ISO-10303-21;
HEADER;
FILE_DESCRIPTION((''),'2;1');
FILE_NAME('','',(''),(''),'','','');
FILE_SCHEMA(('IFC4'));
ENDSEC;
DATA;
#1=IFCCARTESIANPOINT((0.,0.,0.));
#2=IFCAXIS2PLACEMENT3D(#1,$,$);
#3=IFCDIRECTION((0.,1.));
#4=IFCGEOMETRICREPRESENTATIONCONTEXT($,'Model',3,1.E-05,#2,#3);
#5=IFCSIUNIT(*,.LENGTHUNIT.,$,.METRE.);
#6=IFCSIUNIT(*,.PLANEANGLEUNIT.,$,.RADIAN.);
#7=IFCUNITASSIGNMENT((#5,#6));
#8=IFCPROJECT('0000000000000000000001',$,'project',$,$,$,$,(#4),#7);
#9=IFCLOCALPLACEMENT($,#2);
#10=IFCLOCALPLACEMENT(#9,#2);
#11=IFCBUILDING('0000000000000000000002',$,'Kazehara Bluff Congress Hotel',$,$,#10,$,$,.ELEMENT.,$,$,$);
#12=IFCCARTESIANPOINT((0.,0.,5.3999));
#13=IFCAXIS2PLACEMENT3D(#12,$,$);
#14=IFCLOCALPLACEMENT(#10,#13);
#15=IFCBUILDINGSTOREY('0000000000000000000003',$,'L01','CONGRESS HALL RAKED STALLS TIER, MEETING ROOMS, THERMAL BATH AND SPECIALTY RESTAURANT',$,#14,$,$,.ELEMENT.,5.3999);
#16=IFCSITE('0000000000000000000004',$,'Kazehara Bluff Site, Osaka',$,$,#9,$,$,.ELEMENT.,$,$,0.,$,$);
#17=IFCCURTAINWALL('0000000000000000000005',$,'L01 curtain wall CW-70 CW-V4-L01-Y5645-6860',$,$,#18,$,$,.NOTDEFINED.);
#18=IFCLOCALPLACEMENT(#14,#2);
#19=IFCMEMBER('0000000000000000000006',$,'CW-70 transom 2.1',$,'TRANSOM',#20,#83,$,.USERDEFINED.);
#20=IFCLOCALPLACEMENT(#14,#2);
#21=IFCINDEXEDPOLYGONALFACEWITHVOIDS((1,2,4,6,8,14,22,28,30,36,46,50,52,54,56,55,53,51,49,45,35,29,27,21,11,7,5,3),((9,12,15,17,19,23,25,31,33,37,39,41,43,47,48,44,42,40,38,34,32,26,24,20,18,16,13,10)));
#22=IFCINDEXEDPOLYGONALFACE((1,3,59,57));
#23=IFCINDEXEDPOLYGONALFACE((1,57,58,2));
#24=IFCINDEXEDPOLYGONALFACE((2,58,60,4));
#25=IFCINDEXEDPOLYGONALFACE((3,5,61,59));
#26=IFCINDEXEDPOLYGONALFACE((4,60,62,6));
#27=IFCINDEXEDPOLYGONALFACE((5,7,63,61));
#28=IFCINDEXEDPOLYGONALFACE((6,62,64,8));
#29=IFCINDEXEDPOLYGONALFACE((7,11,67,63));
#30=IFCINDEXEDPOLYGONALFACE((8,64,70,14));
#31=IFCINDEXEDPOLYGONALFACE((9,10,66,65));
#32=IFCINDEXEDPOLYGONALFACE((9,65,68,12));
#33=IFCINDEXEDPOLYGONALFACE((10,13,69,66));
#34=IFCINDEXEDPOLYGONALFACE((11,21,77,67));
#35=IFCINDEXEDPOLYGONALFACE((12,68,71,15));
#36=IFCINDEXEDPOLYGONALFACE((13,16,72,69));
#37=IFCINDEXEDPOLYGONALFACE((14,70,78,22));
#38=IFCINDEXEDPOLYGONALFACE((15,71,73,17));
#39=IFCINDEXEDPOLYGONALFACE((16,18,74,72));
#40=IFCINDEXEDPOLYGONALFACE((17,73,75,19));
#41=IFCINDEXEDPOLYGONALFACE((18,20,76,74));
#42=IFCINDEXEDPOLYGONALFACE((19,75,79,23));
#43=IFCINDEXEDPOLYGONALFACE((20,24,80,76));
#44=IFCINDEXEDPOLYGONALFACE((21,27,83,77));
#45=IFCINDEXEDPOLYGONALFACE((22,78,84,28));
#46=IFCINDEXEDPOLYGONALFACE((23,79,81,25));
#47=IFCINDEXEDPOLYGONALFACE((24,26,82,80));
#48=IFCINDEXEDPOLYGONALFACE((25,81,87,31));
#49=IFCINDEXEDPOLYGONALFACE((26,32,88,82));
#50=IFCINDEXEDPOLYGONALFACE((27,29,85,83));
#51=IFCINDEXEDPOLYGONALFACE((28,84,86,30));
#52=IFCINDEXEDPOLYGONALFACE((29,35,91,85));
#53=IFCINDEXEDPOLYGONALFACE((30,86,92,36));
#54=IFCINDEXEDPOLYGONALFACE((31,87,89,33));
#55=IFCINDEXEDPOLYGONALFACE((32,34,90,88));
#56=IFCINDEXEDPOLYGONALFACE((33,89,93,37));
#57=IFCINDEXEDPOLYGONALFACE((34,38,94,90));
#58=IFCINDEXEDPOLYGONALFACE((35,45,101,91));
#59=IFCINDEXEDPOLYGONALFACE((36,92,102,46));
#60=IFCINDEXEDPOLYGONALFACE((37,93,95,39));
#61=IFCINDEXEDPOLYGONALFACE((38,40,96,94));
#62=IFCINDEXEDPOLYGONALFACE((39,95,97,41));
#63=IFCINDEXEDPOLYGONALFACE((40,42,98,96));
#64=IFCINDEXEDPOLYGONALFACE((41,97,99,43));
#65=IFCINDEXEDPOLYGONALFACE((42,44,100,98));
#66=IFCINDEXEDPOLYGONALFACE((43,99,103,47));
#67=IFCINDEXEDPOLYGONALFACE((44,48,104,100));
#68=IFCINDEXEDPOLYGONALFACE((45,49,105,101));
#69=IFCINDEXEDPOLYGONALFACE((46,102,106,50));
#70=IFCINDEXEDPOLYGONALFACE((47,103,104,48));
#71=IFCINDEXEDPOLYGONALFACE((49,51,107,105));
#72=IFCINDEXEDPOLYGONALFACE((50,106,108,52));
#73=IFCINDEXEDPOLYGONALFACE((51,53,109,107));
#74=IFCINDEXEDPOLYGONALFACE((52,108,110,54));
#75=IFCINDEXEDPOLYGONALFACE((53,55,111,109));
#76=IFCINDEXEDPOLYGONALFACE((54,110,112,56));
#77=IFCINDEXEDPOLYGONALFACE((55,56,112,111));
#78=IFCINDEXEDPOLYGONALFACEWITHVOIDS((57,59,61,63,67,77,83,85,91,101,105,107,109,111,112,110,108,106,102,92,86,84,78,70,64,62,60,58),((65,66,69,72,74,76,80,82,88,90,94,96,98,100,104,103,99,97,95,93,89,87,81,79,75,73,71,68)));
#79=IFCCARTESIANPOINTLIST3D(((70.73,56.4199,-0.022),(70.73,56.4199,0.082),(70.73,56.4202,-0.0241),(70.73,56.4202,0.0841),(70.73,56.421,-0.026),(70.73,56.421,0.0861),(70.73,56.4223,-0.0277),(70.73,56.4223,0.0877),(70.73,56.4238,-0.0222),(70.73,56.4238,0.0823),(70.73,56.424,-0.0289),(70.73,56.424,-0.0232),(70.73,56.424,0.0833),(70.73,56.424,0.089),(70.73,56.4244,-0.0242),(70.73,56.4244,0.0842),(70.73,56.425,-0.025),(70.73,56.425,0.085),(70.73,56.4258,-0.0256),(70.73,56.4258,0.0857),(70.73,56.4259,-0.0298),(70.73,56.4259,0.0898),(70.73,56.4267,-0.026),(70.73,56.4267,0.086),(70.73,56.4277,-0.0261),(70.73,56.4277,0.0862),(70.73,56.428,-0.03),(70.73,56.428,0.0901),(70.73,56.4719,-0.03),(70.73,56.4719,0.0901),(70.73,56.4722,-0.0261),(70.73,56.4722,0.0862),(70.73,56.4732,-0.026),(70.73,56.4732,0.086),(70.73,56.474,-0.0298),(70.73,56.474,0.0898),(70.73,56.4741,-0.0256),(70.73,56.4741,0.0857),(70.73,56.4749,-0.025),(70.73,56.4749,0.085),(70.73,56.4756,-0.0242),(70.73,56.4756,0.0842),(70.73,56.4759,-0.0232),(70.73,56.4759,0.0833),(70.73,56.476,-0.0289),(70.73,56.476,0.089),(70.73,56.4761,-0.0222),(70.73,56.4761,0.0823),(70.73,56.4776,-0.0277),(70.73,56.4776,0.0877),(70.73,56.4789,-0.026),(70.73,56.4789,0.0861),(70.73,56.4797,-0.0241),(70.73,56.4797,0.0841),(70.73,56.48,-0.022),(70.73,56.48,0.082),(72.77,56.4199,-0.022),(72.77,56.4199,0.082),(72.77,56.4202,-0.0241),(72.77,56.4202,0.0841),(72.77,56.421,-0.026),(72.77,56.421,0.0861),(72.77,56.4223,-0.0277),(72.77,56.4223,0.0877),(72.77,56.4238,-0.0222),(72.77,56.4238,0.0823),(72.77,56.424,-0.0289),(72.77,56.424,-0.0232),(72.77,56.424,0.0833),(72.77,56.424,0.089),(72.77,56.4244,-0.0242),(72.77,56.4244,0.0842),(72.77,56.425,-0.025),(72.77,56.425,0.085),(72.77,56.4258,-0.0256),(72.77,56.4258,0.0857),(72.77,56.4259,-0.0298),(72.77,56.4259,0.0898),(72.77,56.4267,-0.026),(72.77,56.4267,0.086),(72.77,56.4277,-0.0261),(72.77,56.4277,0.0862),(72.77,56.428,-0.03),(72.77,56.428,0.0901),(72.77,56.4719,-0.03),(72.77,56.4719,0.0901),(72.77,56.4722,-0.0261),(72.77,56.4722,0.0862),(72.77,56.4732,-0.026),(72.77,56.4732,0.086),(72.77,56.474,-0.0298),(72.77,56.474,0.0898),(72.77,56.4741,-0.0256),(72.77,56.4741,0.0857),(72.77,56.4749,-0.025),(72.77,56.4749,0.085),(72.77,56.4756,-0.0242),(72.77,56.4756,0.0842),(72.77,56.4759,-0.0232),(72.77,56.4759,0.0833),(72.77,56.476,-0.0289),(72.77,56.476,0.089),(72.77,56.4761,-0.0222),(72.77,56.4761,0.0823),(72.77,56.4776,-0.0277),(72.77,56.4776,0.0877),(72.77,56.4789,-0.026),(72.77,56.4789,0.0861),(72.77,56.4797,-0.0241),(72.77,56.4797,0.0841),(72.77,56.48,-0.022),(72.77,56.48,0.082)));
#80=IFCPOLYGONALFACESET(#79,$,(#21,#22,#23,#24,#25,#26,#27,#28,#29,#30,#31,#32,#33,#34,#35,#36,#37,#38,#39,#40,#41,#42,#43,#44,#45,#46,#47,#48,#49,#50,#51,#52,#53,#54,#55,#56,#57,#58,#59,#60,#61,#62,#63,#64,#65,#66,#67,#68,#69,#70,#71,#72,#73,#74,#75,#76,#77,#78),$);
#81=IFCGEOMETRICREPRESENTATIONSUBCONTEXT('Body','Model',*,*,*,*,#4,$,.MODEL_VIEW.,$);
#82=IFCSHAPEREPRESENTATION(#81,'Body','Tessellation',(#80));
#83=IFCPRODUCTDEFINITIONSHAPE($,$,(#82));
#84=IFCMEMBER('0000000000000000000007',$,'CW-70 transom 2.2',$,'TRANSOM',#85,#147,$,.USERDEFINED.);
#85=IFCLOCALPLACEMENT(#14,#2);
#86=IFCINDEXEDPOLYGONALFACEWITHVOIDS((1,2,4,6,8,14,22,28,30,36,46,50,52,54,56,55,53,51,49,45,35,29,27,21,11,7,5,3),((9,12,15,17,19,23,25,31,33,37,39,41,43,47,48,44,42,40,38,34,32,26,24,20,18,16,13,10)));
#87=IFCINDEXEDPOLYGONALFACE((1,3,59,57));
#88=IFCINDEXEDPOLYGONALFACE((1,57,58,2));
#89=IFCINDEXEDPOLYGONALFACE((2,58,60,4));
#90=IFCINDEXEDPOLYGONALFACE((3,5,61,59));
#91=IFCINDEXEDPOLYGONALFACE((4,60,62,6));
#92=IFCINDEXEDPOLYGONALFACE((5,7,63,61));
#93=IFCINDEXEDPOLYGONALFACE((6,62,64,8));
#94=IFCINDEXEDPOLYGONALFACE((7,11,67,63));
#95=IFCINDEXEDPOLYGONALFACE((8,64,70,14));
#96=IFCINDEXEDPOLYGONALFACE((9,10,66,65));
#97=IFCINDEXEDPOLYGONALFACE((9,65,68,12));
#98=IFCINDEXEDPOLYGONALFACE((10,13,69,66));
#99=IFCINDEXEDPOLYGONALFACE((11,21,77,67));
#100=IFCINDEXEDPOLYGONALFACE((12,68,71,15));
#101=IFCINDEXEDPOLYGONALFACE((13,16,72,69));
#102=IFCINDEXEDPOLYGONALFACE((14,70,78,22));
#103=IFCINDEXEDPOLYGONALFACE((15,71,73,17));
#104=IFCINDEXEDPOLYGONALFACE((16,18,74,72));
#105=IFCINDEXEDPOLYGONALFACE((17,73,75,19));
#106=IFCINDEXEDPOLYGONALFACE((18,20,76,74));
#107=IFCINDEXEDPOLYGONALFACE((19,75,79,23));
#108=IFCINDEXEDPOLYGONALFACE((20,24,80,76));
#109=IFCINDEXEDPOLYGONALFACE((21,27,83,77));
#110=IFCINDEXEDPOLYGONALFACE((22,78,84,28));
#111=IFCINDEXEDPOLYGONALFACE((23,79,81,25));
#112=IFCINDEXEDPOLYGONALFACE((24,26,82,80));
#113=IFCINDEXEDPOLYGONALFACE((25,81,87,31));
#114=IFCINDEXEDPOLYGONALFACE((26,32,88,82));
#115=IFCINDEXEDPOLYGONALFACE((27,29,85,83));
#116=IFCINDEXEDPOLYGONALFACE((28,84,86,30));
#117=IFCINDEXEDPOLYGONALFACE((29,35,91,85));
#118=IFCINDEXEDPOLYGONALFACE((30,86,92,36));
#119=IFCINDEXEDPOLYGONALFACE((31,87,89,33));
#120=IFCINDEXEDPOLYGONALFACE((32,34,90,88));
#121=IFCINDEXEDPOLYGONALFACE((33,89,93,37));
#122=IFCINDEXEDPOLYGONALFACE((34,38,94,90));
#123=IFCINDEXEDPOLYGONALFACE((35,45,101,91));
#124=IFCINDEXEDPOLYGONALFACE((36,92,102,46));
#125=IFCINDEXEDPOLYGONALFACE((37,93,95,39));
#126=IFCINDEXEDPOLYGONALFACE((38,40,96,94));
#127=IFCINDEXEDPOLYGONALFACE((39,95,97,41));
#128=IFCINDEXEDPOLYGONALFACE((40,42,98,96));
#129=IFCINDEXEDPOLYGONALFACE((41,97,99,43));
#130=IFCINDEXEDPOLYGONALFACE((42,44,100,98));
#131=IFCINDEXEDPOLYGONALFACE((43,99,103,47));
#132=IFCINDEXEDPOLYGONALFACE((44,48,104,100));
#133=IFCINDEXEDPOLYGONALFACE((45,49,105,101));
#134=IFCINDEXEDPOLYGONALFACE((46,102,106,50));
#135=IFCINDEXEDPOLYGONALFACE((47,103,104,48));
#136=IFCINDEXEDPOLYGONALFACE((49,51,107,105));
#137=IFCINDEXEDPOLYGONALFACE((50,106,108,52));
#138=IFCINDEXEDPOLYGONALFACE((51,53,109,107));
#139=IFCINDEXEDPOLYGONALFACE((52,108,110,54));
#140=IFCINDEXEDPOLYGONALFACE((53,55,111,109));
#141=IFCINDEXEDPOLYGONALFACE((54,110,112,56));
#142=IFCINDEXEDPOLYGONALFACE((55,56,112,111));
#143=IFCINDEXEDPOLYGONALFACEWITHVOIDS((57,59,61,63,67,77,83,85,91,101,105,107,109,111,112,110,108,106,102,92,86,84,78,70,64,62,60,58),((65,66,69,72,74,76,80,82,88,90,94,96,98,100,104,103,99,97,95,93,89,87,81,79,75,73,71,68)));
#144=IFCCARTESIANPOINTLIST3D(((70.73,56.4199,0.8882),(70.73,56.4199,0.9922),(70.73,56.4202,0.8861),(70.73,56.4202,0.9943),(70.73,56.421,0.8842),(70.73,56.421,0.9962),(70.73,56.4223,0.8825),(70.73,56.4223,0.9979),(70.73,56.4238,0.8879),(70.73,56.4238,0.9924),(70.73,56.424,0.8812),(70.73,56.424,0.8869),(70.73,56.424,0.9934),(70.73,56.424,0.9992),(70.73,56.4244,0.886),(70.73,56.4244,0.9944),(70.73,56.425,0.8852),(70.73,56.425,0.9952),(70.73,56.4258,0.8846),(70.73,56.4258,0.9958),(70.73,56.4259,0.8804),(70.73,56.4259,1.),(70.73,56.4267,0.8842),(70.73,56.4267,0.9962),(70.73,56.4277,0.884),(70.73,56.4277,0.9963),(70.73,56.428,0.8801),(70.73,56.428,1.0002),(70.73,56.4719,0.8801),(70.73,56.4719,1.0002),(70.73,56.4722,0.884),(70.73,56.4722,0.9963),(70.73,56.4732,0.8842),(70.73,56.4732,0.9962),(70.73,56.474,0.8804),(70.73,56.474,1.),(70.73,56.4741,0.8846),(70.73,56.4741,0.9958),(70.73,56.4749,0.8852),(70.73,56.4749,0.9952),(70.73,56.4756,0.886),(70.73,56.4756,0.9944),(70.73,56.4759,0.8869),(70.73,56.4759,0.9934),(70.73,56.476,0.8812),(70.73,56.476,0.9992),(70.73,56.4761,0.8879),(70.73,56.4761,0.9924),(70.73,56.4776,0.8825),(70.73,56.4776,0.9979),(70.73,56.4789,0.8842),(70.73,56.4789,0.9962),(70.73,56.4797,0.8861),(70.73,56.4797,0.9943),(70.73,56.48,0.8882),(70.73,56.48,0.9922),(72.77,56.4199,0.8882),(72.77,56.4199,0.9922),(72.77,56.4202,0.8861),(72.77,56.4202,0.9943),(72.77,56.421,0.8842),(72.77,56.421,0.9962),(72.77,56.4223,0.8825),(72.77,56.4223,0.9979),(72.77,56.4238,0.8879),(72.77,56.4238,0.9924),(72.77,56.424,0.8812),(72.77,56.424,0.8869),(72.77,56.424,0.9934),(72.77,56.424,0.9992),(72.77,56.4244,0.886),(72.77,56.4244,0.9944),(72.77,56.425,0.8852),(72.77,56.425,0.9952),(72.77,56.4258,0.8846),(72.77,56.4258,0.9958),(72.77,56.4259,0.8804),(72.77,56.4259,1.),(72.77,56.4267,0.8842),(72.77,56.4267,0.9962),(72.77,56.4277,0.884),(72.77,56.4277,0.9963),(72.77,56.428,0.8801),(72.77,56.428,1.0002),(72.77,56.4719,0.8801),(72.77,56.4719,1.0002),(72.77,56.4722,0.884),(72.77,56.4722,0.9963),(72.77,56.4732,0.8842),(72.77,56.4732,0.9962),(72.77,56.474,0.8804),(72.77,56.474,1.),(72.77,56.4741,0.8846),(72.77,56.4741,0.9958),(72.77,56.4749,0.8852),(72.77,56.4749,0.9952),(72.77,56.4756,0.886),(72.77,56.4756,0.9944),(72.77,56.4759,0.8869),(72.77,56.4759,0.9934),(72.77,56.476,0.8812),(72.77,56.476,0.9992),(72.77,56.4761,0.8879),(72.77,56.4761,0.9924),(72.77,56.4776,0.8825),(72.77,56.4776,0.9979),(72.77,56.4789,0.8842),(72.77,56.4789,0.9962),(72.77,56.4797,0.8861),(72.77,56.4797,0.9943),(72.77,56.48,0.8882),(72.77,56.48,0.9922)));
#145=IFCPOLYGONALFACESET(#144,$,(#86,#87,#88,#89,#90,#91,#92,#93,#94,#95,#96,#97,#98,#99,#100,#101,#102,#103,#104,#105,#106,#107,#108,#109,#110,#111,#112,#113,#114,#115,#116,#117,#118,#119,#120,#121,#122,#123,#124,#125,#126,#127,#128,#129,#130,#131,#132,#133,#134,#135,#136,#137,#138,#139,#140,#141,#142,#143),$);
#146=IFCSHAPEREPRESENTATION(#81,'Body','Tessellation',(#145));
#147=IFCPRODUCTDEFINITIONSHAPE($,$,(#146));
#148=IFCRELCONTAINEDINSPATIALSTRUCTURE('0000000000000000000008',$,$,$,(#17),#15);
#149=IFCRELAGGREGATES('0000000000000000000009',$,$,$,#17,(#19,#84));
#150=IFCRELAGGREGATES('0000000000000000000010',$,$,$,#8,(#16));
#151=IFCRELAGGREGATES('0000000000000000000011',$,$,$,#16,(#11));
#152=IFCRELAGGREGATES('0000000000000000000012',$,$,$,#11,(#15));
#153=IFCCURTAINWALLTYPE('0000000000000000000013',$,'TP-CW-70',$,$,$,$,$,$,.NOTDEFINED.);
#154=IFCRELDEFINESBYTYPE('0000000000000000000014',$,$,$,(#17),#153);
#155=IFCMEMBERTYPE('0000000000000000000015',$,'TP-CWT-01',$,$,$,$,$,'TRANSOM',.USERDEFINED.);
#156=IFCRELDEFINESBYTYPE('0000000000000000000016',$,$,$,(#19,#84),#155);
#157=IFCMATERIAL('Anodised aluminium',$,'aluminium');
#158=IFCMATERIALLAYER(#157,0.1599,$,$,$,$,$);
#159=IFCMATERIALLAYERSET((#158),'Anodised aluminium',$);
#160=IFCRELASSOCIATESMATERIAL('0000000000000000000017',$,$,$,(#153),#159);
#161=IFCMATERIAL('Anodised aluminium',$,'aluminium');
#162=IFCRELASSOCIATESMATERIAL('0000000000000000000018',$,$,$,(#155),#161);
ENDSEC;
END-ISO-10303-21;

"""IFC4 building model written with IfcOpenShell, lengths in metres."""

from ifc_helpers import new_model, si_unit, direction, frame, origin, origin_2d, place, context, subcontext, project, spatial, hollow_rectangle, extrude, material, layer, layer_set, material_profile, profile_set, type_object, element, aggregate, save


model = new_model("IFC4")

# Units and contexts
model_context = context("Model", 3, precision=1e-05, world=origin(), true_north=direction((0.0, 1.0)))
body_context = subcontext(model_context, "Body", "Model", "MODEL_VIEW")
ifc_project = project(units=[si_unit("LENGTHUNIT", "METRE"), si_unit("PLANEANGLEUNIT", "RADIAN")], contexts=[model_context])

# Site, building, storey
site_placement = place(None, origin())
site = spatial("IfcSite", under=ifc_project, at=site_placement, Name="Kazehara Bluff Site, Osaka", CompositionType="ELEMENT", RefElevation=0.0)
building_placement = place(site_placement, origin())
building = spatial("IfcBuilding", under=site, at=building_placement, Name="Kazehara Bluff Congress Hotel", CompositionType="ELEMENT")
storey_placement = place(building_placement, frame((0.0, 0.0, 5.3999)))
storey = spatial("IfcBuildingStorey", under=building, at=storey_placement, Name="L01", Description="CONGRESS HALL RAKED STALLS TIER, MEETING ROOMS, THERMAL BATH AND SPECIALTY RESTAURANT", CompositionType="ELEMENT", Elevation=5.3999)

# Curtain wall, members
ifc_material_1 = material(Name="Anodised aluminium", Category="aluminium")
ifc_layer_1 = layer(ifc_material_1, 0.1599)
ifc_layer_set_1 = layer_set([ifc_layer_1], Name="Anodised aluminium")
curtain_wall_type = type_object("IfcCurtainWallType", Name="TP-CW-70", PredefinedType="NOTDEFINED", material=ifc_layer_set_1)
curtain_wall_placement = place(storey_placement, origin())
curtain_wall = element("IfcCurtainWall", 1, at=curtain_wall_placement, inside=storey, type_object=curtain_wall_type, Name="L01 curtain wall CW-70 CW-V4-L01-Y5645-6860", PredefinedType="NOTDEFINED")
ifc_material_2 = material(Name="Anodised aluminium", Category="aluminium")
ifc_material_profile_1 = material_profile(ifc_material_2, hollow_rectangle(XDim=0.0601, YDim=0.1201, WallThickness=0.0039, InnerFilletRadius=0.0039, OuterFilletRadius=0.0081, at=origin_2d()))
ifc_profile_set_1 = profile_set([ifc_material_profile_1], Name="Anodised aluminium")
member_type_1 = type_object("IfcMemberType", Name="TP-CWT-01", ElementType="TRANSOM", PredefinedType="USERDEFINED", material=ifc_profile_set_1)
member_1_placement = place(storey_placement, frame((70.73, 56.45, 0.03), z_axis=(1.0, 0.0, 0.0), x_axis=(0.0, 1.0, 0.0)))
member_1 = element("IfcMember", 2, at=member_1_placement, type_object=member_type_1, Name="CW-70 transom 2.1", ObjectType="TRANSOM", PredefinedType="USERDEFINED", context=body_context, shape_type="SweptSolid", body=[
    extrude(hollow_rectangle(XDim=0.0601, YDim=0.1201, WallThickness=0.0039, InnerFilletRadius=0.0039, OuterFilletRadius=0.0081, at=origin_2d()), origin(), (0.0, 0.0, 1.0), 2.04),
])
member_2_placement = place(storey_placement, frame((70.73, 56.45, 0.9402), z_axis=(1.0, 0.0, 0.0), x_axis=(0.0, 1.0, 0.0)))
member_2 = element("IfcMember", 3, at=member_2_placement, type_object=member_type_1, Name="CW-70 transom 2.2", ObjectType="TRANSOM", PredefinedType="USERDEFINED", context=body_context, shape_type="SweptSolid", body=[
    extrude(hollow_rectangle(XDim=0.0601, YDim=0.1201, WallThickness=0.0039, InnerFilletRadius=0.0039, OuterFilletRadius=0.0081, at=origin_2d()), origin(), (0.0, 0.0, 1.0), 2.04),
])

aggregate(curtain_wall, [member_1, member_2])

save(model, "model.ifc")
